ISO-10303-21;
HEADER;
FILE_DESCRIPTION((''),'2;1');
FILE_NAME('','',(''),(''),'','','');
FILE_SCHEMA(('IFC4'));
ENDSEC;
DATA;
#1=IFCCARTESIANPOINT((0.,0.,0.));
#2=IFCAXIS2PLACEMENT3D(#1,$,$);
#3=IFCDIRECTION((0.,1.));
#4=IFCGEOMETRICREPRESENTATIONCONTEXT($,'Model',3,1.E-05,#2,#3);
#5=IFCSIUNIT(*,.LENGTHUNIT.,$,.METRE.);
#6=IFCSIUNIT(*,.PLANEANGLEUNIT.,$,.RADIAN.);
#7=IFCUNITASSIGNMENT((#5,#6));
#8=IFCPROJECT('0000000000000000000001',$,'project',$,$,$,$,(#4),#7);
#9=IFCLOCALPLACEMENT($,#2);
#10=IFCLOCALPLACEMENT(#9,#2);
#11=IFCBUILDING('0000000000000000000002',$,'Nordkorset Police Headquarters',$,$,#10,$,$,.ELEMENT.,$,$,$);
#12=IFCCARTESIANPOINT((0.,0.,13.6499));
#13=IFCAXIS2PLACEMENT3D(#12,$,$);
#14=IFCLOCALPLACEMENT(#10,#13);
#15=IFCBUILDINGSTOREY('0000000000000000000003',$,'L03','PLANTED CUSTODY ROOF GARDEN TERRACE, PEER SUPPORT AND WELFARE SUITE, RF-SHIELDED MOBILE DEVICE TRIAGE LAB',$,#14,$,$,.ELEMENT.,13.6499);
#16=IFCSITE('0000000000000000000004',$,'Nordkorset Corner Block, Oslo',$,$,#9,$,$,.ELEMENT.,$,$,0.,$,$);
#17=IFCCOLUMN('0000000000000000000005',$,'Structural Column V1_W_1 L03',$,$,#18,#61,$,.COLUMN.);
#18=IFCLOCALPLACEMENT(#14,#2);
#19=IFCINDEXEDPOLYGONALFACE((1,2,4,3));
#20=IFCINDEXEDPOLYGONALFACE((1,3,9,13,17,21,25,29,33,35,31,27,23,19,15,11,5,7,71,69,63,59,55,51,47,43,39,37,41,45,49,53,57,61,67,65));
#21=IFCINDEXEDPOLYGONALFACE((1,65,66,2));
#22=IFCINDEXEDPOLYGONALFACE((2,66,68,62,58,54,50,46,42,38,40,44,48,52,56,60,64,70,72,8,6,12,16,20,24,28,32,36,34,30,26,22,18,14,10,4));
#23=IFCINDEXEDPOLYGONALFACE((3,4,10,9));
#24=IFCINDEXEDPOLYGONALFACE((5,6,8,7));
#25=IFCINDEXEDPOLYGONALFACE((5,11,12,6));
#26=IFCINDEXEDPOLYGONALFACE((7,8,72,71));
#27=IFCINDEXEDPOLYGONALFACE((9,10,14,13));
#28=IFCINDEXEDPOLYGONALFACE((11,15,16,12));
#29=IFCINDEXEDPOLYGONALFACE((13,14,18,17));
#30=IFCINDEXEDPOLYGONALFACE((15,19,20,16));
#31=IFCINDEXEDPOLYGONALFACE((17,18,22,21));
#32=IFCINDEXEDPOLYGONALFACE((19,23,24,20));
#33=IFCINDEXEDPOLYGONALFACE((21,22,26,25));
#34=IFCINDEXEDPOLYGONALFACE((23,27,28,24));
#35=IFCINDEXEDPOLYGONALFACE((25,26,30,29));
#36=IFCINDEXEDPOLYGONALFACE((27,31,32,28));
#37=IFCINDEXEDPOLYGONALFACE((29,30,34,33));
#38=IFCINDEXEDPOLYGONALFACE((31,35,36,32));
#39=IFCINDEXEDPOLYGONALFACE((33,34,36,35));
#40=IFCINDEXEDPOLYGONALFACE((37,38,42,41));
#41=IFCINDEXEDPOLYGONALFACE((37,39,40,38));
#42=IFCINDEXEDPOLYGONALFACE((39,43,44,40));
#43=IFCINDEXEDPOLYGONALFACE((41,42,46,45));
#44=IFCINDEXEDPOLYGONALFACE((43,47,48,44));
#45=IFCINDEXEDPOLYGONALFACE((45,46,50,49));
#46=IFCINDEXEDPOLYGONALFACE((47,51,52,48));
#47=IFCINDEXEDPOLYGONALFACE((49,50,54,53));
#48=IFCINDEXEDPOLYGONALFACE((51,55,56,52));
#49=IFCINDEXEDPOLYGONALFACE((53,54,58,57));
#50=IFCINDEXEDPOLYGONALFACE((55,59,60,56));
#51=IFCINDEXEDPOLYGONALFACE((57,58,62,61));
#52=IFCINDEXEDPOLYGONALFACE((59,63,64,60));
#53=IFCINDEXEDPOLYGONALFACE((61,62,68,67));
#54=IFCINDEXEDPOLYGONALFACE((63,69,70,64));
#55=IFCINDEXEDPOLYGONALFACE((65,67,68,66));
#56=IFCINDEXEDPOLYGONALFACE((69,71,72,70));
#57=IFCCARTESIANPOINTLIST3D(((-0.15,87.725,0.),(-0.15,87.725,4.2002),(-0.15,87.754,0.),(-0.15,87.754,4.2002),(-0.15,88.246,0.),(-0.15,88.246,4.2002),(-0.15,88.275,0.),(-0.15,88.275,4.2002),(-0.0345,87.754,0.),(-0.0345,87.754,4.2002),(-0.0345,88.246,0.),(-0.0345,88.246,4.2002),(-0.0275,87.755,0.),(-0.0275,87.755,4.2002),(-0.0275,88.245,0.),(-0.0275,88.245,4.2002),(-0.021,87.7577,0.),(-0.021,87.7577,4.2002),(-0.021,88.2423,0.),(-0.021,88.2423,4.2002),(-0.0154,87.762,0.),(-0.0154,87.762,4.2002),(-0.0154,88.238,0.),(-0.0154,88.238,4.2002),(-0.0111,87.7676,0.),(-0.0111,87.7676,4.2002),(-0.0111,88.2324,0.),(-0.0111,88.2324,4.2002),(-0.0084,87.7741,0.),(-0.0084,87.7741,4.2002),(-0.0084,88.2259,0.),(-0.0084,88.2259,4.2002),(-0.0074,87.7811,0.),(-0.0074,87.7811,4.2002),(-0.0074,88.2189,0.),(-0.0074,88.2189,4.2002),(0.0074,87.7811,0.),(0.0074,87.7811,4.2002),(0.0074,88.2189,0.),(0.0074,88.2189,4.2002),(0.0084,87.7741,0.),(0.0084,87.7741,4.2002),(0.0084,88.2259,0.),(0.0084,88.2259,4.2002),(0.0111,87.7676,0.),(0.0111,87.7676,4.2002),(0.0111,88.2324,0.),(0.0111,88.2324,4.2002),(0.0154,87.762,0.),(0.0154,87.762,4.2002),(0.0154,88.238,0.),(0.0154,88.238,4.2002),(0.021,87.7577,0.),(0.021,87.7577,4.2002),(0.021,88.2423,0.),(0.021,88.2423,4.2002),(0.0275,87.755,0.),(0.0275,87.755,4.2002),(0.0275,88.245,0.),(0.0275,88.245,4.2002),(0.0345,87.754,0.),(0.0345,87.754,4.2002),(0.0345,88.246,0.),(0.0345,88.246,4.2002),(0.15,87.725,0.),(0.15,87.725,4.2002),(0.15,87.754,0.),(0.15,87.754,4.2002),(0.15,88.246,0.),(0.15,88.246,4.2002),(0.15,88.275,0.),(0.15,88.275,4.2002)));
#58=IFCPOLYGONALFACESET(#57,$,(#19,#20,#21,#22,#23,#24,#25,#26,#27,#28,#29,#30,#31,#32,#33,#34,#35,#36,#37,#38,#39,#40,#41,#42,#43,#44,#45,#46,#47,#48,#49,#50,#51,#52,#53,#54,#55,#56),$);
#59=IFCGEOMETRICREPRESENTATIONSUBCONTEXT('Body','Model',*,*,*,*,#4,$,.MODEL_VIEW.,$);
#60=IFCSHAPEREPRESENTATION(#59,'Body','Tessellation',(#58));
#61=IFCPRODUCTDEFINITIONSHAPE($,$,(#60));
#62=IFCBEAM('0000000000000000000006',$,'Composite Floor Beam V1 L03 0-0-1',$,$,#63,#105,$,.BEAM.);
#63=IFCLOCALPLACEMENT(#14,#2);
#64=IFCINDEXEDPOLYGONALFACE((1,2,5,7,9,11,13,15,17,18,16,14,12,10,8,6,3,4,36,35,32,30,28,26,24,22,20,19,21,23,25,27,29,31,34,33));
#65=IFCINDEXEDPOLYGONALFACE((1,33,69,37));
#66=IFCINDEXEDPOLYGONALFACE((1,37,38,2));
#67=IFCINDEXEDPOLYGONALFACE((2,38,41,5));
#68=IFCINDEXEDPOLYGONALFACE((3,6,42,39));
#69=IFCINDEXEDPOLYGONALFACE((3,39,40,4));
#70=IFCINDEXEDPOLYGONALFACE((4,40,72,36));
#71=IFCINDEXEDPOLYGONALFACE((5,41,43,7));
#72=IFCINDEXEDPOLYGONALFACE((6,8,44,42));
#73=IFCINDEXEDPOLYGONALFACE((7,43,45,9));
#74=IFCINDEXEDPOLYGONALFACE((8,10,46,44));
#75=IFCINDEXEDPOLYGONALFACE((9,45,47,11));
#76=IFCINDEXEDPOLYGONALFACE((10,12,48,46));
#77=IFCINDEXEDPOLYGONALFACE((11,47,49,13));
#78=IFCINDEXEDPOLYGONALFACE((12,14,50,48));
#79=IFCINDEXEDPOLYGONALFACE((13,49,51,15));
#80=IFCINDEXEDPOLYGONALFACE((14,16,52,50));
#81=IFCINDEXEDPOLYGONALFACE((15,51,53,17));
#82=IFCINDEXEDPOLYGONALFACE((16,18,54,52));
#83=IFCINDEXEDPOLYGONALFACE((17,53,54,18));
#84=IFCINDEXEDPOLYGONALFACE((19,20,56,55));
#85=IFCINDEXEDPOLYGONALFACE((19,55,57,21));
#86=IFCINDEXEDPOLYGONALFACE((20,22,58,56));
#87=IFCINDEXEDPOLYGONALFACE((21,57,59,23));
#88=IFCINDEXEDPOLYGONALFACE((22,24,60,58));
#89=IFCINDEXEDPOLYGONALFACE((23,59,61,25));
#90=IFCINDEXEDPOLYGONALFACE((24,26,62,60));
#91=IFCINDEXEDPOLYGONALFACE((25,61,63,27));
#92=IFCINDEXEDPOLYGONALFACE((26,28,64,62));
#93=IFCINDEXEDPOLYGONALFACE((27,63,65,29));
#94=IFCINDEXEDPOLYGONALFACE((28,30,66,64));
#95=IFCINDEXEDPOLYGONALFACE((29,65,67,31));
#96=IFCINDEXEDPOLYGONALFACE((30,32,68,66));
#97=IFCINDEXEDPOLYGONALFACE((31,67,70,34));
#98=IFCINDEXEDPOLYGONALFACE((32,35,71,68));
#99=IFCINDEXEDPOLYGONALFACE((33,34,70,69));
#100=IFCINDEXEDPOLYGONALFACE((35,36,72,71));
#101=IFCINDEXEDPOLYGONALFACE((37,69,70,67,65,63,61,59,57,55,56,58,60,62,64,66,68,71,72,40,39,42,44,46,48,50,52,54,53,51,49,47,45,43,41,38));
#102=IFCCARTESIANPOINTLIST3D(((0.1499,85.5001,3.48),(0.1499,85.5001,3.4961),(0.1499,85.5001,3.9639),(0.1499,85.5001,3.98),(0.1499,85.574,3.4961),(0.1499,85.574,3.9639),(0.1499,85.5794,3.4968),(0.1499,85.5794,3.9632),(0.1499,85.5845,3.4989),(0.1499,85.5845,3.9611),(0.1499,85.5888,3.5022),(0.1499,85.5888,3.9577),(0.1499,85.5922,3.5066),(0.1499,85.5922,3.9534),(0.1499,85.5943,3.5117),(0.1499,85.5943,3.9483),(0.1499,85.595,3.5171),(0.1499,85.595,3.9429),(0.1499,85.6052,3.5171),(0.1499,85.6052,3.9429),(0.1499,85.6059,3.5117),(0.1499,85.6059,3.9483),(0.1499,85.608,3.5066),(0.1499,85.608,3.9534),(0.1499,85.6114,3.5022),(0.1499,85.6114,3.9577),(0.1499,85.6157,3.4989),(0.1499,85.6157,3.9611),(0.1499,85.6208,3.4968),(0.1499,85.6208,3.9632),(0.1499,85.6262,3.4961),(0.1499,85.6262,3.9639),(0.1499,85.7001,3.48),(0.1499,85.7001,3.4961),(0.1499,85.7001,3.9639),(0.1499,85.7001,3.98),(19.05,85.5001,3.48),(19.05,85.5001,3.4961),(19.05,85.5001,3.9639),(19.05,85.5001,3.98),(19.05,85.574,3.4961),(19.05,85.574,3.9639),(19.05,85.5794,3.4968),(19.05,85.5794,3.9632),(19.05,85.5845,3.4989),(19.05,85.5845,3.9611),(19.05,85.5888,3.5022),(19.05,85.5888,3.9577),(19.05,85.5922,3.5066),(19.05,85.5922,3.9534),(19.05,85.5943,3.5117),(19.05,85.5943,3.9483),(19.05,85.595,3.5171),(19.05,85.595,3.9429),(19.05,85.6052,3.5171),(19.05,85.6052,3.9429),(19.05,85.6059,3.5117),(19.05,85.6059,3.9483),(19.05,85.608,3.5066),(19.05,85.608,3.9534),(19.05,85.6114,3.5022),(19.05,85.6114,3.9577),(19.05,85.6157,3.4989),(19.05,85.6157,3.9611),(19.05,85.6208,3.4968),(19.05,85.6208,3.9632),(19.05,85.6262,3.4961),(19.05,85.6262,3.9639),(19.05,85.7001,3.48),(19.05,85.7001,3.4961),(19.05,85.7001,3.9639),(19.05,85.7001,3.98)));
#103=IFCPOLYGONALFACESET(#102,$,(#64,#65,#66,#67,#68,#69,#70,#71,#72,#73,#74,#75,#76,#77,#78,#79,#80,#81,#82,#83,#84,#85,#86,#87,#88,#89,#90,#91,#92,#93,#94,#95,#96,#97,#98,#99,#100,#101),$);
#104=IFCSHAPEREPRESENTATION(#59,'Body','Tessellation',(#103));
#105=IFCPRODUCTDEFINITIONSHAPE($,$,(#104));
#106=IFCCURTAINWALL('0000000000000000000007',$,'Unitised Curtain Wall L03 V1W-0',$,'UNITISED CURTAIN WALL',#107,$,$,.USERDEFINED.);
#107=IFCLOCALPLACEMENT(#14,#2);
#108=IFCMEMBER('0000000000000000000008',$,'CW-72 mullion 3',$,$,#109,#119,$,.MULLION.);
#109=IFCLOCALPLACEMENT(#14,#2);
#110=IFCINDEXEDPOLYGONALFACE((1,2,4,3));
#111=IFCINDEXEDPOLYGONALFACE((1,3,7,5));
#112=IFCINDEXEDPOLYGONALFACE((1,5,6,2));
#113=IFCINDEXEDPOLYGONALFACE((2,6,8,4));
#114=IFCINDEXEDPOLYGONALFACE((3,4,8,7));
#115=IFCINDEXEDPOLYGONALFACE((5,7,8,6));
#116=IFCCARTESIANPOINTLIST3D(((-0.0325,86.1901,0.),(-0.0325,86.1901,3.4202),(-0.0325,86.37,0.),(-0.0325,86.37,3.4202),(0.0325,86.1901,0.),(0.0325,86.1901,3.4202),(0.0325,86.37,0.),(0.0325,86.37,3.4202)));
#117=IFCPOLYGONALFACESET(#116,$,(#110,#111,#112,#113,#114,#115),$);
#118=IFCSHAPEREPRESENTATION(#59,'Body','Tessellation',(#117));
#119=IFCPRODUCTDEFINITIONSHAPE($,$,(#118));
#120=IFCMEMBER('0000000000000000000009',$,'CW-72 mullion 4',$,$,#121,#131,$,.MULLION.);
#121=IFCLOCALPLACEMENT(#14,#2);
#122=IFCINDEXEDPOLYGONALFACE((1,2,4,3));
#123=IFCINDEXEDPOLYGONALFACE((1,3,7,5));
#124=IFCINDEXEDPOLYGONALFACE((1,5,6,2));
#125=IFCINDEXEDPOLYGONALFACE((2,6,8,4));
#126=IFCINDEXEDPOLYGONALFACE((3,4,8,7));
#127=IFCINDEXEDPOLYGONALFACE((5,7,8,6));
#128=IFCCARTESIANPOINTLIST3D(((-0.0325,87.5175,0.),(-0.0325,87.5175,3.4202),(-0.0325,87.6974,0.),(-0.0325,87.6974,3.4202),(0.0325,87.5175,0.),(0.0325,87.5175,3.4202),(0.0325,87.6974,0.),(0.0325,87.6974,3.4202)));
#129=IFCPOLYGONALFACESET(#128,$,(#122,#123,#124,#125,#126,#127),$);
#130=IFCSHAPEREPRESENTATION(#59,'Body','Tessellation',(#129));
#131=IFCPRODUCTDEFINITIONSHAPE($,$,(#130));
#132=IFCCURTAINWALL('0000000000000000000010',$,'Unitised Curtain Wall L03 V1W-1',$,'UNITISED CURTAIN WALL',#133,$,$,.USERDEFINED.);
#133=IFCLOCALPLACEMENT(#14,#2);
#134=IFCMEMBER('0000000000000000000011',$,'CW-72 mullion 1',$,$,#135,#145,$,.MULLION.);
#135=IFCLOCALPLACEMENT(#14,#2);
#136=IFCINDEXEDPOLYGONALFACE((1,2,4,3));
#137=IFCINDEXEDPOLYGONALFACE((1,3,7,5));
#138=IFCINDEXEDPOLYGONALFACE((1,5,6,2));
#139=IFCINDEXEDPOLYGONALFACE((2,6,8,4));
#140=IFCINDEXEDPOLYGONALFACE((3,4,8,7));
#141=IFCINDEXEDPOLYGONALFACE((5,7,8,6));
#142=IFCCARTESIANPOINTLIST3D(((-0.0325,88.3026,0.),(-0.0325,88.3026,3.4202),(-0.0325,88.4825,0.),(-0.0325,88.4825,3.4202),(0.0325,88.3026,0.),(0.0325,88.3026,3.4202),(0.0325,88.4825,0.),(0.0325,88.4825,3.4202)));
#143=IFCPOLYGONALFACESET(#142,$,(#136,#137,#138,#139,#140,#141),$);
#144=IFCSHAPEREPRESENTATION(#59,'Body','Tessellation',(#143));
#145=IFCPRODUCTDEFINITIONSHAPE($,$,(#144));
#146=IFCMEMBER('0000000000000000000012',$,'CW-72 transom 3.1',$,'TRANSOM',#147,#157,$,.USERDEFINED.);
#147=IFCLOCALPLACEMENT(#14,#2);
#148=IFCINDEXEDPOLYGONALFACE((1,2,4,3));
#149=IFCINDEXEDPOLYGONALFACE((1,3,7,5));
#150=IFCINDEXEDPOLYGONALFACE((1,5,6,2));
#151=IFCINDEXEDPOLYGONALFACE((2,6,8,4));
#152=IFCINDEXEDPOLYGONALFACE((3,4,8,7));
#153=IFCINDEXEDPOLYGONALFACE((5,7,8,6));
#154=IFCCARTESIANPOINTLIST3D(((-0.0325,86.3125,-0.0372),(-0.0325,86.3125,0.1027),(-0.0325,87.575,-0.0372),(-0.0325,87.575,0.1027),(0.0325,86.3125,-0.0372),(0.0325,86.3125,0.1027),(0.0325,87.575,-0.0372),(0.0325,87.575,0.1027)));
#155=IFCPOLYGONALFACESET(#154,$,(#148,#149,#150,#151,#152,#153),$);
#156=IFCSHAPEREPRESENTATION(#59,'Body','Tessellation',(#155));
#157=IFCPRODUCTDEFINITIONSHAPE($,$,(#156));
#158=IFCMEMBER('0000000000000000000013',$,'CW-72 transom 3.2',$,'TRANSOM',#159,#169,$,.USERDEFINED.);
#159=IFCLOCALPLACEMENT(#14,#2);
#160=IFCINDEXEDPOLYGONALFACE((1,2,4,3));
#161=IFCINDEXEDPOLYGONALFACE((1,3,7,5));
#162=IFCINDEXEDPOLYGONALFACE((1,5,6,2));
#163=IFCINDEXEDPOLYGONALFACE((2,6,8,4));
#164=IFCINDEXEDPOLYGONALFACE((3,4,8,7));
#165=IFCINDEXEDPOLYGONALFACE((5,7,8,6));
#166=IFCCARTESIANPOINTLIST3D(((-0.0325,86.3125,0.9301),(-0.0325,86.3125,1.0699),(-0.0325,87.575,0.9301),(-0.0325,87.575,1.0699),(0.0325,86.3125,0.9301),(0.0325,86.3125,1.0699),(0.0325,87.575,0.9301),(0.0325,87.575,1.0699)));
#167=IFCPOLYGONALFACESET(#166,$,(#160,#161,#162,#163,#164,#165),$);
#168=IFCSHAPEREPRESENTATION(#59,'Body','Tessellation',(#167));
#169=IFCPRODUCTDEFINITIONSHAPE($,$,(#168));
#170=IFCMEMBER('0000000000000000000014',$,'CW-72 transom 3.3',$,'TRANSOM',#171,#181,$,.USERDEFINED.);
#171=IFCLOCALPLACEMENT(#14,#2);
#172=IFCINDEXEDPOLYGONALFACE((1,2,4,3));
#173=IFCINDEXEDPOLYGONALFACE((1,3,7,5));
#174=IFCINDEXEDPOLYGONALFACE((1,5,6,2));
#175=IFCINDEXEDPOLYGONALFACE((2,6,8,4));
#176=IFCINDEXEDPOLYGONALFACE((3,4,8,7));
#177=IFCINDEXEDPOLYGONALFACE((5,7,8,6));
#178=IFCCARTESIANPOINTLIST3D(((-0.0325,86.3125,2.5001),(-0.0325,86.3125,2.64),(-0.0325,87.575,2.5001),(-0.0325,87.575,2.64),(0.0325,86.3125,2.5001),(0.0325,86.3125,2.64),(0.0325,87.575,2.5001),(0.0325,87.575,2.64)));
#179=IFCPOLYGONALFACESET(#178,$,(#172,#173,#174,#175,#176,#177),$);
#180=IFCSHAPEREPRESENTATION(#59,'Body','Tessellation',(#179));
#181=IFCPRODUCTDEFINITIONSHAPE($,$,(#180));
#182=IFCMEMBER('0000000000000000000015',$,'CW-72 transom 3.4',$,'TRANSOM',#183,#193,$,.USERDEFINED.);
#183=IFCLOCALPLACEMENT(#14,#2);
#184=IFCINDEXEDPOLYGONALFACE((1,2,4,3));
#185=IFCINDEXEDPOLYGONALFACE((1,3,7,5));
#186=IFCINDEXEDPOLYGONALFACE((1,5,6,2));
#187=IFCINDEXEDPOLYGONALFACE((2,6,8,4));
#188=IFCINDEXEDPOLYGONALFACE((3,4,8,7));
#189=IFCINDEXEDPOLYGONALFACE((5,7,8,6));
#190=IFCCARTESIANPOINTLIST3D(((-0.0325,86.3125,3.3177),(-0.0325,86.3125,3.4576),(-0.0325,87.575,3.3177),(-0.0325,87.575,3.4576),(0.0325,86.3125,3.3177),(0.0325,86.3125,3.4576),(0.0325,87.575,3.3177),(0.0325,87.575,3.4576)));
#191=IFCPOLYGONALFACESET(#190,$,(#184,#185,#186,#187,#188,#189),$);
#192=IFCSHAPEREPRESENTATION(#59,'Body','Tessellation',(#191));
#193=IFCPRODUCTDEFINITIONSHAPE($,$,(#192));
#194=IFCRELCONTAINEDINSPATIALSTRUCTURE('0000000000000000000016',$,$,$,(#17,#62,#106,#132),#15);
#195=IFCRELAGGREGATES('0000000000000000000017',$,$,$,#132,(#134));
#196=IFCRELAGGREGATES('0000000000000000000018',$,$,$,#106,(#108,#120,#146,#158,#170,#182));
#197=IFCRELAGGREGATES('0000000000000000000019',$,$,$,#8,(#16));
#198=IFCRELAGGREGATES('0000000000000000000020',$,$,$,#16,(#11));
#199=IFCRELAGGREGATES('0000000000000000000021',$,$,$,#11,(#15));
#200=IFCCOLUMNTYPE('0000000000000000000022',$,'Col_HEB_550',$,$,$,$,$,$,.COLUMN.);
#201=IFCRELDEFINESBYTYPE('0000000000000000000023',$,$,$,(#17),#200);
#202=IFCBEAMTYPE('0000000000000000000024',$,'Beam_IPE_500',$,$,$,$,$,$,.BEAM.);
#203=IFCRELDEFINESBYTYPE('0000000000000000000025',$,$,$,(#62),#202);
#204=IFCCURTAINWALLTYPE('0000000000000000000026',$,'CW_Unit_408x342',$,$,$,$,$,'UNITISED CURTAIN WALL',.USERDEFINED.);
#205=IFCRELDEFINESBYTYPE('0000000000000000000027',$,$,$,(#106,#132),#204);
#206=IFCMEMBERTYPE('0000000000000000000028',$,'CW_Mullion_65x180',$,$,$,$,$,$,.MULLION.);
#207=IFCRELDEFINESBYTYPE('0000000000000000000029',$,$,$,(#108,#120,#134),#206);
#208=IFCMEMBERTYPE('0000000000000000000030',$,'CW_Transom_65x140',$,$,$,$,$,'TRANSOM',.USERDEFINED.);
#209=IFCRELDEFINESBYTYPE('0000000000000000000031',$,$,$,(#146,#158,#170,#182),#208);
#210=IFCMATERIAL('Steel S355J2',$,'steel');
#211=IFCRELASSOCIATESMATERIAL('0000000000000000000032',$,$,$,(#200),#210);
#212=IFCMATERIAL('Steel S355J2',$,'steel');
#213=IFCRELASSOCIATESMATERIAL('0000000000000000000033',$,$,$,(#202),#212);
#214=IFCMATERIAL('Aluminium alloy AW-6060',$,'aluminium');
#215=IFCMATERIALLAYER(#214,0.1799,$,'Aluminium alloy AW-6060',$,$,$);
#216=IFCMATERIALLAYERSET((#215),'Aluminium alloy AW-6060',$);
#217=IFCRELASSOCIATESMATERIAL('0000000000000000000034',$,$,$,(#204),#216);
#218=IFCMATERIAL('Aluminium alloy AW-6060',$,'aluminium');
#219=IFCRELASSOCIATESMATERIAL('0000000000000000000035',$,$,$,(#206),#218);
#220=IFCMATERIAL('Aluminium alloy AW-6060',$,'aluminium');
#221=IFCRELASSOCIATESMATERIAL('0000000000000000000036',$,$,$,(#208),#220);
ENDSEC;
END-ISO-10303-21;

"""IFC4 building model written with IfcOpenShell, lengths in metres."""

from ifc_helpers import new_model, si_unit, direction, frame, origin, origin_2d, place, context, subcontext, project, spatial, rectangle, i_section, extrude, material, layer, layer_set, material_profile, profile_set, type_object, element, aggregate, save


model = new_model("IFC4")

# Units and contexts
model_context = context("Model", 3, precision=1e-05, world=origin(), true_north=direction((0.0, 1.0)))
body_context = subcontext(model_context, "Body", "Model", "MODEL_VIEW")
ifc_project = project(units=[si_unit("LENGTHUNIT", "METRE"), si_unit("PLANEANGLEUNIT", "RADIAN")], contexts=[model_context])

# Site, building, storey
site_placement = place(None, origin())
site = spatial("IfcSite", under=ifc_project, at=site_placement, Name="Nordkorset Corner Block, Oslo", CompositionType="ELEMENT", RefElevation=0.0)
building_placement = place(site_placement, origin())
building = spatial("IfcBuilding", under=site, at=building_placement, Name="Nordkorset Police Headquarters", CompositionType="ELEMENT")
storey_placement = place(building_placement, frame((0.0, 0.0, 13.6499)))
storey = spatial("IfcBuildingStorey", under=building, at=storey_placement, Name="L03", Description="PLANTED CUSTODY ROOF GARDEN TERRACE, PEER SUPPORT AND WELFARE SUITE, RF-SHIELDED MOBILE DEVICE TRIAGE LAB", CompositionType="ELEMENT", Elevation=13.6499)

# Column
ifc_material_1 = material(Name="Steel S355J2", Category="steel")
ifc_material_profile_1 = material_profile(ifc_material_1, i_section(OverallWidth=0.3, OverallDepth=0.55, WebThickness=0.0149, FlangeThickness=0.0291, FilletRadius=0.0271, at=origin_2d()), Name="HEB 550")
ifc_profile_set_1 = profile_set([ifc_material_profile_1], Name="Steel S355J2")
column_type = type_object("IfcColumnType", Name="Col_HEB_550", PredefinedType="COLUMN", material=ifc_profile_set_1)
column_placement = place(storey_placement, frame((0.0, 88.0, 0.0), z_axis=(0.0, 0.0, 1.0), x_axis=(1.0, 0.0, 0.0)))
element("IfcColumn", 1, at=column_placement, inside=storey, type_object=column_type, Name="Structural Column V1_W_1 L03", PredefinedType="COLUMN", context=body_context, shape_type="SweptSolid", body=[
    extrude(i_section(OverallWidth=0.3, OverallDepth=0.55, WebThickness=0.0149, FlangeThickness=0.0291, FilletRadius=0.0271, at=origin_2d()), origin(), (0.0, 0.0, 1.0), 4.2002),
])

# Beam
ifc_material_2 = material(Name="Steel S355J2", Category="steel")
ifc_material_profile_2 = material_profile(ifc_material_2, i_section(OverallWidth=0.2, OverallDepth=0.5, WebThickness=0.0103, FlangeThickness=0.0161, FilletRadius=0.021, at=origin_2d()), Name="IPE 500")
ifc_profile_set_2 = profile_set([ifc_material_profile_2], Name="Steel S355J2")
beam_type_1 = type_object("IfcBeamType", Name="Beam_IPE_500", PredefinedType="BEAM", material=ifc_profile_set_2)
beam_1_placement = place(storey_placement, frame((0.1499, 85.6001, 3.73), z_axis=(1.0, 0.0, 0.0), x_axis=(0.0, 1.0, 0.0)))
element("IfcBeam", 2, at=beam_1_placement, inside=storey, type_object=beam_type_1, Name="Composite Floor Beam V1 L03 0-0-1", PredefinedType="BEAM", context=body_context, shape_type="SweptSolid", body=[
    extrude(i_section(OverallWidth=0.2, OverallDepth=0.5, WebThickness=0.0103, FlangeThickness=0.0161, FilletRadius=0.021, at=origin_2d()), origin(), (0.0, 0.0, 1.0), 18.9001),
])

# Curtain wall, members
ifc_material_3 = material(Name="Aluminium alloy AW-6060", Category="aluminium")
ifc_layer_1 = layer(ifc_material_3, 0.1799, Name="Aluminium alloy AW-6060")
ifc_layer_set_1 = layer_set([ifc_layer_1], Name="Aluminium alloy AW-6060")
curtain_wall_type = type_object("IfcCurtainWallType", Name="CW_Unit_408x342", ElementType="UNITISED CURTAIN WALL", PredefinedType="USERDEFINED", material=ifc_layer_set_1)
curtain_wall_1_placement = place(storey_placement, origin())
curtain_wall_1 = element("IfcCurtainWall", 3, at=curtain_wall_1_placement, inside=storey, type_object=curtain_wall_type, Name="Unitised Curtain Wall L03 V1W-0", ObjectType="UNITISED CURTAIN WALL", PredefinedType="USERDEFINED")
ifc_material_4 = material(Name="Aluminium alloy AW-6060", Category="aluminium")
ifc_material_profile_3 = material_profile(ifc_material_4, rectangle(XDim=0.0649, YDim=0.1799, at=origin_2d()), Name="ALU MULL 65x180")
ifc_profile_set_3 = profile_set([ifc_material_profile_3], Name="Aluminium alloy AW-6060")
member_type_1 = type_object("IfcMemberType", Name="CW_Mullion_65x180", PredefinedType="MULLION", material=ifc_profile_set_3)
member_1_placement = place(storey_placement, frame((0.0, 86.28, 0.0), z_axis=(0.0, 0.0, 1.0), x_axis=(-1.0, 0.0, 0.0)))
member_1 = element("IfcMember", 4, at=member_1_placement, type_object=member_type_1, Name="CW-72 mullion 3", PredefinedType="MULLION", context=body_context, shape_type="SweptSolid", body=[
    extrude(rectangle(XDim=0.0649, YDim=0.1799, at=origin_2d()), origin(), (0.0, 0.0, 1.0), 3.4202),
])
member_2_placement = place(storey_placement, frame((0.0, 87.6074, 0.0), z_axis=(0.0, 0.0, 1.0), x_axis=(-1.0, 0.0, 0.0)))
member_2 = element("IfcMember", 5, at=member_2_placement, type_object=member_type_1, Name="CW-72 mullion 4", PredefinedType="MULLION", context=body_context, shape_type="SweptSolid", body=[
    extrude(rectangle(XDim=0.0649, YDim=0.1799, at=origin_2d()), origin(), (0.0, 0.0, 1.0), 3.4202),
])

# Curtain wall, member
curtain_wall_2_placement = place(storey_placement, origin())
curtain_wall_2 = element("IfcCurtainWall", 6, at=curtain_wall_2_placement, inside=storey, type_object=curtain_wall_type, Name="Unitised Curtain Wall L03 V1W-1", ObjectType="UNITISED CURTAIN WALL", PredefinedType="USERDEFINED")
member_3_placement = place(storey_placement, frame((0.0, 88.3926, 0.0), z_axis=(0.0, 0.0, 1.0), x_axis=(-1.0, 0.0, 0.0)))
member_3 = element("IfcMember", 7, at=member_3_placement, type_object=member_type_1, Name="CW-72 mullion 1", PredefinedType="MULLION", context=body_context, shape_type="SweptSolid", body=[
    extrude(rectangle(XDim=0.0649, YDim=0.1799, at=origin_2d()), origin(), (0.0, 0.0, 1.0), 3.4202),
])

# Members
ifc_material_5 = material(Name="Aluminium alloy AW-6060", Category="aluminium")
ifc_material_profile_4 = material_profile(ifc_material_5, rectangle(XDim=0.0649, YDim=0.1399, at=origin_2d()), Name="ALU TRAN 65x140")
ifc_profile_set_4 = profile_set([ifc_material_profile_4], Name="Aluminium alloy AW-6060")
member_type_2 = type_object("IfcMemberType", Name="CW_Transom_65x140", ElementType="TRANSOM", PredefinedType="USERDEFINED", material=ifc_profile_set_4)
member_4_placement = place(storey_placement, frame((0.0, 86.3125, 0.0327), z_axis=(0.0, 1.0, 0.0), x_axis=(-1.0, 0.0, 0.0)))
member_4 = element("IfcMember", 8, at=member_4_placement, type_object=member_type_2, Name="CW-72 transom 3.1", ObjectType="TRANSOM", PredefinedType="USERDEFINED", context=body_context, shape_type="SweptSolid", body=[
    extrude(rectangle(XDim=0.0649, YDim=0.1399, at=origin_2d()), origin(), (0.0, 0.0, 1.0), 1.2625),
])
member_5_placement = place(storey_placement, frame((0.0, 86.3125, 1.0), z_axis=(0.0, 1.0, 0.0), x_axis=(-1.0, 0.0, 0.0)))
member_5 = element("IfcMember", 9, at=member_5_placement, type_object=member_type_2, Name="CW-72 transom 3.2", ObjectType="TRANSOM", PredefinedType="USERDEFINED", context=body_context, shape_type="SweptSolid", body=[
    extrude(rectangle(XDim=0.0649, YDim=0.1399, at=origin_2d()), origin(), (0.0, 0.0, 1.0), 1.2625),
])
member_6_placement = place(storey_placement, frame((0.0, 86.3125, 2.5701), z_axis=(0.0, 1.0, 0.0), x_axis=(-1.0, 0.0, 0.0)))
member_6 = element("IfcMember", 10, at=member_6_placement, type_object=member_type_2, Name="CW-72 transom 3.3", ObjectType="TRANSOM", PredefinedType="USERDEFINED", context=body_context, shape_type="SweptSolid", body=[
    extrude(rectangle(XDim=0.0649, YDim=0.1399, at=origin_2d()), origin(), (0.0, 0.0, 1.0), 1.2625),
])
member_7_placement = place(storey_placement, frame((0.0, 86.3125, 3.3877), z_axis=(0.0, 1.0, 0.0), x_axis=(-1.0, 0.0, 0.0)))
member_7 = element("IfcMember", 11, at=member_7_placement, type_object=member_type_2, Name="CW-72 transom 3.4", ObjectType="TRANSOM", PredefinedType="USERDEFINED", context=body_context, shape_type="SweptSolid", body=[
    extrude(rectangle(XDim=0.0649, YDim=0.1399, at=origin_2d()), origin(), (0.0, 0.0, 1.0), 1.2625),
])
aggregate(curtain_wall_2, [member_3])

aggregate(curtain_wall_1, [member_1, member_2, member_4, member_5, member_6, member_7])

save(model, "model.ifc")
